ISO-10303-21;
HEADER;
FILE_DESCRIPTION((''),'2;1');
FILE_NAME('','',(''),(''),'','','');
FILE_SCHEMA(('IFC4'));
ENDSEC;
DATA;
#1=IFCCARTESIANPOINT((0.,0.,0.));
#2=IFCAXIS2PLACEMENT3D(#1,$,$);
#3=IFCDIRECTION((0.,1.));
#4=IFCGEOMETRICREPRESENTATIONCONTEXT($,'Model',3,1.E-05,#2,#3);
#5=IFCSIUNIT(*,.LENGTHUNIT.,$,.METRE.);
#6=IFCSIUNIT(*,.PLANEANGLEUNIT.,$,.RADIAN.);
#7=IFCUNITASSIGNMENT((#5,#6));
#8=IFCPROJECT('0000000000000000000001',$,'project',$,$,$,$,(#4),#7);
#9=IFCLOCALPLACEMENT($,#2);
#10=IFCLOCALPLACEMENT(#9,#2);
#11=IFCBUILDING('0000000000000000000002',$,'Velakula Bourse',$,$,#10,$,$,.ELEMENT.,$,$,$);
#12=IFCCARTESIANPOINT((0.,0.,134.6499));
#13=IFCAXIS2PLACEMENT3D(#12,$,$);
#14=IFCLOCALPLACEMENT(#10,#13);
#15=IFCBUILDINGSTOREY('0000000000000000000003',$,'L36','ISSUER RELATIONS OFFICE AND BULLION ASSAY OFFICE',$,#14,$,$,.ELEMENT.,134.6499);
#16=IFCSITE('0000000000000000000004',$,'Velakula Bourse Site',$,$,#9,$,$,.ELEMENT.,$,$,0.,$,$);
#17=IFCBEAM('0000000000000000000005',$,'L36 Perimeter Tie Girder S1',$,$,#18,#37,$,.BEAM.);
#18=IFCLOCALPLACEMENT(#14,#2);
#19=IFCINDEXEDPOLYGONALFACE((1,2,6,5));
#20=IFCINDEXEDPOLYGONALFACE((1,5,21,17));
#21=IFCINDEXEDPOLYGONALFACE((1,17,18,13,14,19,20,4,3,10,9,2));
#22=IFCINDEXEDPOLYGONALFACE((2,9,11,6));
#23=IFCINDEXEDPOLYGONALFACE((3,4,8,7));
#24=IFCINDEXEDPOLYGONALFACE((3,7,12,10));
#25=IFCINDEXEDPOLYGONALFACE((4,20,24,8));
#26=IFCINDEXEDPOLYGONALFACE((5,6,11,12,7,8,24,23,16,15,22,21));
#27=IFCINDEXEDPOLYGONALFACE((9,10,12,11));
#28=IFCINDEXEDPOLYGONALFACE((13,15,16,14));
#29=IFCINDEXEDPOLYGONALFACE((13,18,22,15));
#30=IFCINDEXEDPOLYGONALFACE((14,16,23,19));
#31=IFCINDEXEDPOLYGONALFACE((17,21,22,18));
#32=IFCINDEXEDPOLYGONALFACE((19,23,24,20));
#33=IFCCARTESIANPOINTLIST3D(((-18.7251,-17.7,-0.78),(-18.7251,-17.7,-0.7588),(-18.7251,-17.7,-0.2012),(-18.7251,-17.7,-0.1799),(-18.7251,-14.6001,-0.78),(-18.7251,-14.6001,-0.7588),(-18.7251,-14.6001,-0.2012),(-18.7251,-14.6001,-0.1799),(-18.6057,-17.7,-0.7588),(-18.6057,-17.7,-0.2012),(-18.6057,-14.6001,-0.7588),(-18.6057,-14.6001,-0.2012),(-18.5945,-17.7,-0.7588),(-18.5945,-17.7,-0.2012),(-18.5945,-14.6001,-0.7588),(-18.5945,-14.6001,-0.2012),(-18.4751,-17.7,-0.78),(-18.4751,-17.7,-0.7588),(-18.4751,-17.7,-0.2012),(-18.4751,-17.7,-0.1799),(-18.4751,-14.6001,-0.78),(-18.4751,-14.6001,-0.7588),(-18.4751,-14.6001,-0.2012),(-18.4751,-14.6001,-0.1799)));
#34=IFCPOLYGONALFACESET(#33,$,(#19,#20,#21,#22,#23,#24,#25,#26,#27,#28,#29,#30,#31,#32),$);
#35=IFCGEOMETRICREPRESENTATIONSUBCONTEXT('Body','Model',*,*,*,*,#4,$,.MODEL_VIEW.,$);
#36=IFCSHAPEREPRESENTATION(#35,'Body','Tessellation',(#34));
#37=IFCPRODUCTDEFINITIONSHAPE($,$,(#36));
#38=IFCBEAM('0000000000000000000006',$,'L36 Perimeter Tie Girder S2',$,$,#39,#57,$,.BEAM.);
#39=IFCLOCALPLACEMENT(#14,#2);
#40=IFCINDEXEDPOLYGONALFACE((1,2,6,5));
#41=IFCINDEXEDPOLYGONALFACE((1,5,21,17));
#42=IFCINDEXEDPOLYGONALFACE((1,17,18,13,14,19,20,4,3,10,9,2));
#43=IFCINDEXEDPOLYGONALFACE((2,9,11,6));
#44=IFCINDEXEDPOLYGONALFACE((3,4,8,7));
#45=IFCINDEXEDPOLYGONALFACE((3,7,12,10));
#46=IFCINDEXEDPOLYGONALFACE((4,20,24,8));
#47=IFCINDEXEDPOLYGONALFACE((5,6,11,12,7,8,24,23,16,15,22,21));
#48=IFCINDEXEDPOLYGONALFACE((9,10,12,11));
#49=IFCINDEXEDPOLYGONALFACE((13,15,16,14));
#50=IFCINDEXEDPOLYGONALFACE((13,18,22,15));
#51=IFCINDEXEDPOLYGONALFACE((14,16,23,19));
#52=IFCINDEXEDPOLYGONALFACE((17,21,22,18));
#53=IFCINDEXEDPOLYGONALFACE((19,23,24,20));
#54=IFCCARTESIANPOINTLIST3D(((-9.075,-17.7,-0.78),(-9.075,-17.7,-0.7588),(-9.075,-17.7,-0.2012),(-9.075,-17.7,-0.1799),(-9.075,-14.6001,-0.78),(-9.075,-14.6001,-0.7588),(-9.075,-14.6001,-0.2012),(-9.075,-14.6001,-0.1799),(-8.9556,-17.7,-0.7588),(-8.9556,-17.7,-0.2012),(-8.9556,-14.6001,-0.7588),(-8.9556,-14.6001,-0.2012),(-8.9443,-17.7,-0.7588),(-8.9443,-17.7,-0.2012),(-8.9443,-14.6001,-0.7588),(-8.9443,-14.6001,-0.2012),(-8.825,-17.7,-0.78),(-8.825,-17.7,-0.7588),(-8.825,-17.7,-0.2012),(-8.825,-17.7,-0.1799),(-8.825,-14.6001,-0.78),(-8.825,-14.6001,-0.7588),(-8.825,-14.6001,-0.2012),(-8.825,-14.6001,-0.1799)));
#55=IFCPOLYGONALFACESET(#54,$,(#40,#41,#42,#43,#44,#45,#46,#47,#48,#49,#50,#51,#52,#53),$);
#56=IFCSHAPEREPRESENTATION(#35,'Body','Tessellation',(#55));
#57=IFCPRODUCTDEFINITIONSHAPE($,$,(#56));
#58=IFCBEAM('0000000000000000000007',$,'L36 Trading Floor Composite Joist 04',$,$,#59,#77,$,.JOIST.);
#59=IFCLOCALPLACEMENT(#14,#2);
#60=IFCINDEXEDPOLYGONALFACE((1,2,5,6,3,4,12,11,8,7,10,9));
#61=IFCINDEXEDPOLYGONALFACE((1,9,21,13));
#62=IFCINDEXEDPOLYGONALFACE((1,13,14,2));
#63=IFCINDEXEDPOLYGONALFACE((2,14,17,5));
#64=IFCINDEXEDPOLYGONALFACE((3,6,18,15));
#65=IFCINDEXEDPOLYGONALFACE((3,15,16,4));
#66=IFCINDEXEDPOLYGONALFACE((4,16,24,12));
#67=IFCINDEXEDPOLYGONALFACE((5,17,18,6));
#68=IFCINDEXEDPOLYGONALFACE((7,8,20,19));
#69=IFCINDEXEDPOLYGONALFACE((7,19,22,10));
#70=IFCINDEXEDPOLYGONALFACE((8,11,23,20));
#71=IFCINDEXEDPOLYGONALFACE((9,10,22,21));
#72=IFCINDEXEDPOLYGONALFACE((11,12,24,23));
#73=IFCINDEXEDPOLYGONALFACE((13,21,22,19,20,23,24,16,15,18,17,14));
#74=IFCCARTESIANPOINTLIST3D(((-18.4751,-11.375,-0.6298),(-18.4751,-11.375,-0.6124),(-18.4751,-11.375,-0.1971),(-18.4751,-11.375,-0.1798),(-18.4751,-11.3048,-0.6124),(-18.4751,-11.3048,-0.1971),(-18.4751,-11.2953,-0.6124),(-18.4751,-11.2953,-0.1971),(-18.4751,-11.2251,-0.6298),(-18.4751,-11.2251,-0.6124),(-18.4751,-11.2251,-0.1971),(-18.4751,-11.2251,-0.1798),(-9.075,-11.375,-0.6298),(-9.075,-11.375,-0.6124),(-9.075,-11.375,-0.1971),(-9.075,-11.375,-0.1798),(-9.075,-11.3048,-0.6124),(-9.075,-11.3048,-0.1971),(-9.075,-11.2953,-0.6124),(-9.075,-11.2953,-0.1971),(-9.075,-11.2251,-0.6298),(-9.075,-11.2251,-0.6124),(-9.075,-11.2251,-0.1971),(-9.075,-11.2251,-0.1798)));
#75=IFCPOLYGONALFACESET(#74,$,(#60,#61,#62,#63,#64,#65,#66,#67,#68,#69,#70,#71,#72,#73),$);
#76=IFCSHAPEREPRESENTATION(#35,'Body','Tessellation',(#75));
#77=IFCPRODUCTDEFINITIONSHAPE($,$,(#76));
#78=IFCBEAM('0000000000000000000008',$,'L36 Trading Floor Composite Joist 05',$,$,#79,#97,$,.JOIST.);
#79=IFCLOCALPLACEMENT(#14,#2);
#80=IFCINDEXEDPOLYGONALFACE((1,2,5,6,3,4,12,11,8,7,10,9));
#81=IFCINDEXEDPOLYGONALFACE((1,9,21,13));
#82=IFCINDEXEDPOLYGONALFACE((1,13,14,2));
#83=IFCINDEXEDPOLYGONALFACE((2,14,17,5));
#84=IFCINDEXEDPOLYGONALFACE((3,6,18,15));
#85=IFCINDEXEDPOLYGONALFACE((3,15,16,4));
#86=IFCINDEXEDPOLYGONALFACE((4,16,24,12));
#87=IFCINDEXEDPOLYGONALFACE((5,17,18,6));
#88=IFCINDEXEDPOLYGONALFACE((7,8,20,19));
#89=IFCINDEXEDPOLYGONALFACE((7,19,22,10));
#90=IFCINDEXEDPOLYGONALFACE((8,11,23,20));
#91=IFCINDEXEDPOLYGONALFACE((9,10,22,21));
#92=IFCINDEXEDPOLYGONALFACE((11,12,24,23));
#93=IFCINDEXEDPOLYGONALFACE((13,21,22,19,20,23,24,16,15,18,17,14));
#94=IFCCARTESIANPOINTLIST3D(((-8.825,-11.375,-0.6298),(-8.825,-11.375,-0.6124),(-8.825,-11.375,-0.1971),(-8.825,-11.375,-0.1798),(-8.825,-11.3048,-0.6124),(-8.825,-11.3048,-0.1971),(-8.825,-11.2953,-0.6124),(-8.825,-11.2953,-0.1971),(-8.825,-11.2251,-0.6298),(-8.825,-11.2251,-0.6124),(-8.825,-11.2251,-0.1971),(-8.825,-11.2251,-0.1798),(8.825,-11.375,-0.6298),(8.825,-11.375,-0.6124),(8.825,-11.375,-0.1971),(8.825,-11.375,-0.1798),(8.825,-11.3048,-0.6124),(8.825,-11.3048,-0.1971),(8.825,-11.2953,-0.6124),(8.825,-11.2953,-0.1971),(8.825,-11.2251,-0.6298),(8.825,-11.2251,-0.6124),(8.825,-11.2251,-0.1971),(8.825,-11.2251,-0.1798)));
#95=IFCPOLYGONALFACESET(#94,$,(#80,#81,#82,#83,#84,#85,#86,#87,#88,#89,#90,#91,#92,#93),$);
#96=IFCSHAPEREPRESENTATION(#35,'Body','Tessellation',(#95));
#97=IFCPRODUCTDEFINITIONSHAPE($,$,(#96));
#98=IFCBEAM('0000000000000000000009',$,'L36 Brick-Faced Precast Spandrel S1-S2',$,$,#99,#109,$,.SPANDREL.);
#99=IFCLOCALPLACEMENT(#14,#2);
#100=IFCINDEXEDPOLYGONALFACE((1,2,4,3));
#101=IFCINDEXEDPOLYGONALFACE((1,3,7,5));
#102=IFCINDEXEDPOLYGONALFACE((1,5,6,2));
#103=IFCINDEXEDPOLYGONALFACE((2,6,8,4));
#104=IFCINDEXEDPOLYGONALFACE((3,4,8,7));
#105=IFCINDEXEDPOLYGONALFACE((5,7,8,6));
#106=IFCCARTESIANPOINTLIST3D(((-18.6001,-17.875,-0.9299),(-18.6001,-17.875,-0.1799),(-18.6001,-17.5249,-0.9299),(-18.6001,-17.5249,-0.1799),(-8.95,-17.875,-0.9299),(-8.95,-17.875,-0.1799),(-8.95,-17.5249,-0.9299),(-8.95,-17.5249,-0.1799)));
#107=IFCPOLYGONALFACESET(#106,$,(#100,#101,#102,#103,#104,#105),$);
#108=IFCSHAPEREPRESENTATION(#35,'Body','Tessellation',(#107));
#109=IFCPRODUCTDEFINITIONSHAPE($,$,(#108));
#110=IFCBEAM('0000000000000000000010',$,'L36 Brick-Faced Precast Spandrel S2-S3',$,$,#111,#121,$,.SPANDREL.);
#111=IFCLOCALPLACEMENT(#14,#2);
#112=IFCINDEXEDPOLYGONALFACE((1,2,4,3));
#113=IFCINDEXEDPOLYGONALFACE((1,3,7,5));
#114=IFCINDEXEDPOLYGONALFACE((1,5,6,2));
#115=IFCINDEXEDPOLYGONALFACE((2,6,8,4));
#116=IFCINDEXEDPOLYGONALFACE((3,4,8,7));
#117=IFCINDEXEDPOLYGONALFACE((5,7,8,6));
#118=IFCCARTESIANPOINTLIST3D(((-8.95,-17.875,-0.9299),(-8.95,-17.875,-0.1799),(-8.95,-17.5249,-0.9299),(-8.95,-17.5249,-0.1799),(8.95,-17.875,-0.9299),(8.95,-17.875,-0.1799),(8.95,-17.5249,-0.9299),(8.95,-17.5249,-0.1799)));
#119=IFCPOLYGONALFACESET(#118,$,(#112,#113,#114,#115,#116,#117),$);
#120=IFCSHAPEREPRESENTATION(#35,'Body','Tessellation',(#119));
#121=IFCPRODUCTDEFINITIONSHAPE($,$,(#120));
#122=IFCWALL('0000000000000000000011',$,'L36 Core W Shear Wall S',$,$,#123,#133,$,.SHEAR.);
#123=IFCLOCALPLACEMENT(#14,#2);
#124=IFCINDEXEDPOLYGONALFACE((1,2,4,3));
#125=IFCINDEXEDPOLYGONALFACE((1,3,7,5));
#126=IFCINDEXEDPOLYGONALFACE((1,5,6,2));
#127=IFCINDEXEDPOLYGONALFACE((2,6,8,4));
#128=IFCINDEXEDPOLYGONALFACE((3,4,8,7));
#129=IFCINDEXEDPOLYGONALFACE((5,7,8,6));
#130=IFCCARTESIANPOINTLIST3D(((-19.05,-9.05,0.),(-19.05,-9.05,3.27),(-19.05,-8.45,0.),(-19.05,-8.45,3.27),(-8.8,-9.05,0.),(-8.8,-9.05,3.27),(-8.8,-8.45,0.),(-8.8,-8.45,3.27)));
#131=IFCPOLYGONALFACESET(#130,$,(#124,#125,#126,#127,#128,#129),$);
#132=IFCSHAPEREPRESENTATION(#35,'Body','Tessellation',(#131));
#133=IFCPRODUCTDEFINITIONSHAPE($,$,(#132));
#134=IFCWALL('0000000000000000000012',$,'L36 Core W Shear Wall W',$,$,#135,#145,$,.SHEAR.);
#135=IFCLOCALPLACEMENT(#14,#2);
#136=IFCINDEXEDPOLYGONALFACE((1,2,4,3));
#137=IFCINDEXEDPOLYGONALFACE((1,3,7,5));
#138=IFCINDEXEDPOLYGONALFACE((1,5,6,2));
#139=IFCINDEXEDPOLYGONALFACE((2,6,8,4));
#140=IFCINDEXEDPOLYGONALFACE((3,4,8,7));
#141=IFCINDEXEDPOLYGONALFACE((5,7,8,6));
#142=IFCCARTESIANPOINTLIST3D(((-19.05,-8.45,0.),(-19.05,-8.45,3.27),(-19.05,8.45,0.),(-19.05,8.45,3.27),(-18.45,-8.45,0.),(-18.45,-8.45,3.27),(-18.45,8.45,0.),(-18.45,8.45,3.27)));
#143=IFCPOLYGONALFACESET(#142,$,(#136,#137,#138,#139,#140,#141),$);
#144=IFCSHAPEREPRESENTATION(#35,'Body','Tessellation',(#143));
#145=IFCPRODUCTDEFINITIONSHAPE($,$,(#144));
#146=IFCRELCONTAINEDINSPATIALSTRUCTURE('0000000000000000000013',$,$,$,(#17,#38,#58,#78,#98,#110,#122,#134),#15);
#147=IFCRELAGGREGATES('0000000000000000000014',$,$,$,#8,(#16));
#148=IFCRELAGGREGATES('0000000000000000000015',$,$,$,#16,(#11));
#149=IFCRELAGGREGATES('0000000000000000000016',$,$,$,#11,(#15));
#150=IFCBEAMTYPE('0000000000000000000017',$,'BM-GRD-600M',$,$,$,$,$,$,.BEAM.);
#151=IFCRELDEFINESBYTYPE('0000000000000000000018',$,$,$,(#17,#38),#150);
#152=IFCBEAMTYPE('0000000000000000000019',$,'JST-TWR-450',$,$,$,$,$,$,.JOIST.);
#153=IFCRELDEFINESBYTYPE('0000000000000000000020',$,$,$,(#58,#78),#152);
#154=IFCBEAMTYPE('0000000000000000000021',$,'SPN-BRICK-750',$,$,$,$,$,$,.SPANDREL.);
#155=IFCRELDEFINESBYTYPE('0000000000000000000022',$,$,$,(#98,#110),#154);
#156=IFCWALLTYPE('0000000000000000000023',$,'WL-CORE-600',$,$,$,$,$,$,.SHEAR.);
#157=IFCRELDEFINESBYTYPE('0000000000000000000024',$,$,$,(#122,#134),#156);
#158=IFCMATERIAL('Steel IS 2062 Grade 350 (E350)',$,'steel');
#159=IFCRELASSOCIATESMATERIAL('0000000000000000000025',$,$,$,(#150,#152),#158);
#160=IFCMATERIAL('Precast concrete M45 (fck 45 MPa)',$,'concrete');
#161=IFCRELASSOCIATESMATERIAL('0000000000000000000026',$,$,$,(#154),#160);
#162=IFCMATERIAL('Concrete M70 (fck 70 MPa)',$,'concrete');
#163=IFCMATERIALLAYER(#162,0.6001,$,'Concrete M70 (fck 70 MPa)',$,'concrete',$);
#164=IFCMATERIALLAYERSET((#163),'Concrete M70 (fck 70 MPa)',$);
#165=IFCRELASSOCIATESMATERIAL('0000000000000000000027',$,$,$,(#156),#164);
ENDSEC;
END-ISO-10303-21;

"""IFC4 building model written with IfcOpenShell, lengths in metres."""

from ifc_helpers import new_model, si_unit, direction, frame, frame_2d, origin, origin_2d, place, context, subcontext, project, spatial, rectangle, i_section, extrude, material, layer, layer_set, material_profile, profile_set, type_object, element, save


model = new_model("IFC4")

# Units and contexts
model_context = context("Model", 3, precision=1e-05, world=origin(), true_north=direction((0.0, 1.0)))
body_context = subcontext(model_context, "Body", "Model", "MODEL_VIEW")
ifc_project = project(units=[si_unit("LENGTHUNIT", "METRE"), si_unit("PLANEANGLEUNIT", "RADIAN")], contexts=[model_context])

# Site, building, storey
site_placement = place(None, origin())
site = spatial("IfcSite", under=ifc_project, at=site_placement, Name="Velakula Bourse Site", CompositionType="ELEMENT", RefElevation=0.0)
building_placement = place(site_placement, origin())
building = spatial("IfcBuilding", under=site, at=building_placement, Name="Velakula Bourse", CompositionType="ELEMENT")
storey_placement = place(building_placement, frame((0.0, 0.0, 134.6499)))
storey = spatial("IfcBuildingStorey", under=building, at=storey_placement, Name="L36", Description="ISSUER RELATIONS OFFICE AND BULLION ASSAY OFFICE", CompositionType="ELEMENT", Elevation=134.6499)

# Shared definitions
ifc_material_1 = material(Name="Concrete M70 (fck 70 MPa)", Category="concrete")
ifc_material_2 = material(Name="Steel IS 2062 Grade 350 (E350)", Category="steel")

# Beams
ifc_material_profile_1 = material_profile(ifc_material_2, i_section(OverallWidth=0.25, OverallDepth=0.6001, WebThickness=0.0112, FlangeThickness=0.0212, at=origin_2d()), Name="Steel IS 2062 Grade 350 (E350)")
ifc_profile_set_1 = profile_set([ifc_material_profile_1], Name="Steel IS 2062 Grade 350 (E350)")
beam_type_1 = type_object("IfcBeamType", Name="BM-GRD-600M", PredefinedType="BEAM", material=ifc_profile_set_1)
for number, where, z_axis, x_axis, name in (
    (1, (-18.6001, -14.6001, -0.48), (0.0, -1.0, 0.0), (1.0, 0.0, 0.0), "L36 Perimeter Tie Girder S1"),
    (2, (-8.95, -14.6001, -0.48), (0.0, -1.0, 0.0), (1.0, 0.0, 0.0), "L36 Perimeter Tie Girder S2"),
):
    element("IfcBeam", number, at=place(storey_placement, frame(where, z_axis=z_axis, x_axis=x_axis)), inside=storey, type_object=beam_type_1, Name=name, PredefinedType="BEAM", context=body_context, shape_type="SweptSolid", body=[
        extrude(i_section(OverallWidth=0.25, OverallDepth=0.6001, WebThickness=0.0112, FlangeThickness=0.0212, at=origin_2d()), origin(), (0.0, 0.0, 1.0), 3.0999),
    ])
ifc_material_profile_2 = material_profile(ifc_material_2, i_section(OverallWidth=0.1499, OverallDepth=0.45, WebThickness=0.0095, FlangeThickness=0.0173, at=origin_2d()), Name="Steel IS 2062 Grade 350 (E350)")
ifc_profile_set_2 = profile_set([ifc_material_profile_2], Name="Steel IS 2062 Grade 350 (E350)")
beam_type_2 = type_object("IfcBeamType", Name="JST-TWR-450", PredefinedType="JOIST", material=ifc_profile_set_2)
beam_1_placement = place(storey_placement, frame((-18.4751, -11.3, -0.4048), z_axis=(1.0, 0.0, 0.0), x_axis=(0.0, 1.0, 0.0)))
element("IfcBeam", 3, at=beam_1_placement, inside=storey, type_object=beam_type_2, Name="L36 Trading Floor Composite Joist 04", PredefinedType="JOIST", context=body_context, shape_type="SweptSolid", body=[
    extrude(i_section(OverallWidth=0.1499, OverallDepth=0.45, WebThickness=0.0095, FlangeThickness=0.0173, at=origin_2d()), origin(), (0.0, 0.0, 1.0), 9.4001),
])
beam_2_placement = place(storey_placement, frame((-8.825, -11.3, -0.4048), z_axis=(1.0, 0.0, 0.0), x_axis=(0.0, 1.0, 0.0)))
element("IfcBeam", 4, at=beam_2_placement, inside=storey, type_object=beam_type_2, Name="L36 Trading Floor Composite Joist 05", PredefinedType="JOIST", context=body_context, shape_type="SweptSolid", body=[
    extrude(i_section(OverallWidth=0.1499, OverallDepth=0.45, WebThickness=0.0095, FlangeThickness=0.0173, at=origin_2d()), origin(), (0.0, 0.0, 1.0), 17.6499),
])
ifc_material_3 = material(Name="Precast concrete M45 (fck 45 MPa)", Category="concrete")
ifc_material_profile_3 = material_profile(ifc_material_3, rectangle(XDim=0.3501, YDim=0.75, at=origin_2d()), Name="Precast concrete M45 (fck 45 MPa)")
ifc_profile_set_3 = profile_set([ifc_material_profile_3], Name="Precast concrete M45 (fck 45 MPa)")
beam_type_3 = type_object("IfcBeamType", Name="SPN-BRICK-750", PredefinedType="SPANDREL", material=ifc_profile_set_3)
beam_3_placement = place(storey_placement, frame((-18.6001, -17.7, -0.5549), z_axis=(1.0, 0.0, 0.0), x_axis=(0.0, 1.0, 0.0)))
element("IfcBeam", 5, at=beam_3_placement, inside=storey, type_object=beam_type_3, Name="L36 Brick-Faced Precast Spandrel S1-S2", PredefinedType="SPANDREL", context=body_context, shape_type="SweptSolid", body=[
    extrude(rectangle(XDim=0.3501, YDim=0.75, at=origin_2d()), origin(), (0.0, 0.0, 1.0), 9.6501),
])
beam_4_placement = place(storey_placement, frame((-8.95, -17.7, -0.5549), z_axis=(1.0, 0.0, 0.0), x_axis=(0.0, 1.0, 0.0)))
element("IfcBeam", 6, at=beam_4_placement, inside=storey, type_object=beam_type_3, Name="L36 Brick-Faced Precast Spandrel S2-S3", PredefinedType="SPANDREL", context=body_context, shape_type="SweptSolid", body=[
    extrude(rectangle(XDim=0.3501, YDim=0.75, at=origin_2d()), origin(), (0.0, 0.0, 1.0), 17.8999),
])

# Walls
ifc_layer_1 = layer(ifc_material_1, 0.6001, Name="Concrete M70 (fck 70 MPa)", Category="concrete")
ifc_layer_set_1 = layer_set([ifc_layer_1], Name="Concrete M70 (fck 70 MPa)")
wall_type_1 = type_object("IfcWallType", Name="WL-CORE-600", PredefinedType="SHEAR", material=ifc_layer_set_1)
wall_1_placement = place(storey_placement, frame((-19.05, -8.75, 0.0), z_axis=(0.0, 0.0, 1.0), x_axis=(1.0, 0.0, 0.0)))
element("IfcWall", 7, at=wall_1_placement, inside=storey, type_object=wall_type_1, Name="L36 Core W Shear Wall S", PredefinedType="SHEAR", context=body_context, shape_type="SweptSolid", body=[
    extrude(rectangle(XDim=10.25, YDim=0.6001, at=frame_2d((5.125, 0.0))), origin(), (0.0, 0.0, 1.0), 3.27),
])
wall_2_placement = place(storey_placement, frame((-18.75, -8.45, 0.0), z_axis=(0.0, 0.0, 1.0), x_axis=(0.0, 1.0, 0.0)))
element("IfcWall", 8, at=wall_2_placement, inside=storey, type_object=wall_type_1, Name="L36 Core W Shear Wall W", PredefinedType="SHEAR", context=body_context, shape_type="SweptSolid", body=[
    extrude(rectangle(XDim=16.8999, YDim=0.6001, at=frame_2d((8.45, 0.0))), origin(), (0.0, 0.0, 1.0), 3.27),
])

save(model, "model.ifc")
